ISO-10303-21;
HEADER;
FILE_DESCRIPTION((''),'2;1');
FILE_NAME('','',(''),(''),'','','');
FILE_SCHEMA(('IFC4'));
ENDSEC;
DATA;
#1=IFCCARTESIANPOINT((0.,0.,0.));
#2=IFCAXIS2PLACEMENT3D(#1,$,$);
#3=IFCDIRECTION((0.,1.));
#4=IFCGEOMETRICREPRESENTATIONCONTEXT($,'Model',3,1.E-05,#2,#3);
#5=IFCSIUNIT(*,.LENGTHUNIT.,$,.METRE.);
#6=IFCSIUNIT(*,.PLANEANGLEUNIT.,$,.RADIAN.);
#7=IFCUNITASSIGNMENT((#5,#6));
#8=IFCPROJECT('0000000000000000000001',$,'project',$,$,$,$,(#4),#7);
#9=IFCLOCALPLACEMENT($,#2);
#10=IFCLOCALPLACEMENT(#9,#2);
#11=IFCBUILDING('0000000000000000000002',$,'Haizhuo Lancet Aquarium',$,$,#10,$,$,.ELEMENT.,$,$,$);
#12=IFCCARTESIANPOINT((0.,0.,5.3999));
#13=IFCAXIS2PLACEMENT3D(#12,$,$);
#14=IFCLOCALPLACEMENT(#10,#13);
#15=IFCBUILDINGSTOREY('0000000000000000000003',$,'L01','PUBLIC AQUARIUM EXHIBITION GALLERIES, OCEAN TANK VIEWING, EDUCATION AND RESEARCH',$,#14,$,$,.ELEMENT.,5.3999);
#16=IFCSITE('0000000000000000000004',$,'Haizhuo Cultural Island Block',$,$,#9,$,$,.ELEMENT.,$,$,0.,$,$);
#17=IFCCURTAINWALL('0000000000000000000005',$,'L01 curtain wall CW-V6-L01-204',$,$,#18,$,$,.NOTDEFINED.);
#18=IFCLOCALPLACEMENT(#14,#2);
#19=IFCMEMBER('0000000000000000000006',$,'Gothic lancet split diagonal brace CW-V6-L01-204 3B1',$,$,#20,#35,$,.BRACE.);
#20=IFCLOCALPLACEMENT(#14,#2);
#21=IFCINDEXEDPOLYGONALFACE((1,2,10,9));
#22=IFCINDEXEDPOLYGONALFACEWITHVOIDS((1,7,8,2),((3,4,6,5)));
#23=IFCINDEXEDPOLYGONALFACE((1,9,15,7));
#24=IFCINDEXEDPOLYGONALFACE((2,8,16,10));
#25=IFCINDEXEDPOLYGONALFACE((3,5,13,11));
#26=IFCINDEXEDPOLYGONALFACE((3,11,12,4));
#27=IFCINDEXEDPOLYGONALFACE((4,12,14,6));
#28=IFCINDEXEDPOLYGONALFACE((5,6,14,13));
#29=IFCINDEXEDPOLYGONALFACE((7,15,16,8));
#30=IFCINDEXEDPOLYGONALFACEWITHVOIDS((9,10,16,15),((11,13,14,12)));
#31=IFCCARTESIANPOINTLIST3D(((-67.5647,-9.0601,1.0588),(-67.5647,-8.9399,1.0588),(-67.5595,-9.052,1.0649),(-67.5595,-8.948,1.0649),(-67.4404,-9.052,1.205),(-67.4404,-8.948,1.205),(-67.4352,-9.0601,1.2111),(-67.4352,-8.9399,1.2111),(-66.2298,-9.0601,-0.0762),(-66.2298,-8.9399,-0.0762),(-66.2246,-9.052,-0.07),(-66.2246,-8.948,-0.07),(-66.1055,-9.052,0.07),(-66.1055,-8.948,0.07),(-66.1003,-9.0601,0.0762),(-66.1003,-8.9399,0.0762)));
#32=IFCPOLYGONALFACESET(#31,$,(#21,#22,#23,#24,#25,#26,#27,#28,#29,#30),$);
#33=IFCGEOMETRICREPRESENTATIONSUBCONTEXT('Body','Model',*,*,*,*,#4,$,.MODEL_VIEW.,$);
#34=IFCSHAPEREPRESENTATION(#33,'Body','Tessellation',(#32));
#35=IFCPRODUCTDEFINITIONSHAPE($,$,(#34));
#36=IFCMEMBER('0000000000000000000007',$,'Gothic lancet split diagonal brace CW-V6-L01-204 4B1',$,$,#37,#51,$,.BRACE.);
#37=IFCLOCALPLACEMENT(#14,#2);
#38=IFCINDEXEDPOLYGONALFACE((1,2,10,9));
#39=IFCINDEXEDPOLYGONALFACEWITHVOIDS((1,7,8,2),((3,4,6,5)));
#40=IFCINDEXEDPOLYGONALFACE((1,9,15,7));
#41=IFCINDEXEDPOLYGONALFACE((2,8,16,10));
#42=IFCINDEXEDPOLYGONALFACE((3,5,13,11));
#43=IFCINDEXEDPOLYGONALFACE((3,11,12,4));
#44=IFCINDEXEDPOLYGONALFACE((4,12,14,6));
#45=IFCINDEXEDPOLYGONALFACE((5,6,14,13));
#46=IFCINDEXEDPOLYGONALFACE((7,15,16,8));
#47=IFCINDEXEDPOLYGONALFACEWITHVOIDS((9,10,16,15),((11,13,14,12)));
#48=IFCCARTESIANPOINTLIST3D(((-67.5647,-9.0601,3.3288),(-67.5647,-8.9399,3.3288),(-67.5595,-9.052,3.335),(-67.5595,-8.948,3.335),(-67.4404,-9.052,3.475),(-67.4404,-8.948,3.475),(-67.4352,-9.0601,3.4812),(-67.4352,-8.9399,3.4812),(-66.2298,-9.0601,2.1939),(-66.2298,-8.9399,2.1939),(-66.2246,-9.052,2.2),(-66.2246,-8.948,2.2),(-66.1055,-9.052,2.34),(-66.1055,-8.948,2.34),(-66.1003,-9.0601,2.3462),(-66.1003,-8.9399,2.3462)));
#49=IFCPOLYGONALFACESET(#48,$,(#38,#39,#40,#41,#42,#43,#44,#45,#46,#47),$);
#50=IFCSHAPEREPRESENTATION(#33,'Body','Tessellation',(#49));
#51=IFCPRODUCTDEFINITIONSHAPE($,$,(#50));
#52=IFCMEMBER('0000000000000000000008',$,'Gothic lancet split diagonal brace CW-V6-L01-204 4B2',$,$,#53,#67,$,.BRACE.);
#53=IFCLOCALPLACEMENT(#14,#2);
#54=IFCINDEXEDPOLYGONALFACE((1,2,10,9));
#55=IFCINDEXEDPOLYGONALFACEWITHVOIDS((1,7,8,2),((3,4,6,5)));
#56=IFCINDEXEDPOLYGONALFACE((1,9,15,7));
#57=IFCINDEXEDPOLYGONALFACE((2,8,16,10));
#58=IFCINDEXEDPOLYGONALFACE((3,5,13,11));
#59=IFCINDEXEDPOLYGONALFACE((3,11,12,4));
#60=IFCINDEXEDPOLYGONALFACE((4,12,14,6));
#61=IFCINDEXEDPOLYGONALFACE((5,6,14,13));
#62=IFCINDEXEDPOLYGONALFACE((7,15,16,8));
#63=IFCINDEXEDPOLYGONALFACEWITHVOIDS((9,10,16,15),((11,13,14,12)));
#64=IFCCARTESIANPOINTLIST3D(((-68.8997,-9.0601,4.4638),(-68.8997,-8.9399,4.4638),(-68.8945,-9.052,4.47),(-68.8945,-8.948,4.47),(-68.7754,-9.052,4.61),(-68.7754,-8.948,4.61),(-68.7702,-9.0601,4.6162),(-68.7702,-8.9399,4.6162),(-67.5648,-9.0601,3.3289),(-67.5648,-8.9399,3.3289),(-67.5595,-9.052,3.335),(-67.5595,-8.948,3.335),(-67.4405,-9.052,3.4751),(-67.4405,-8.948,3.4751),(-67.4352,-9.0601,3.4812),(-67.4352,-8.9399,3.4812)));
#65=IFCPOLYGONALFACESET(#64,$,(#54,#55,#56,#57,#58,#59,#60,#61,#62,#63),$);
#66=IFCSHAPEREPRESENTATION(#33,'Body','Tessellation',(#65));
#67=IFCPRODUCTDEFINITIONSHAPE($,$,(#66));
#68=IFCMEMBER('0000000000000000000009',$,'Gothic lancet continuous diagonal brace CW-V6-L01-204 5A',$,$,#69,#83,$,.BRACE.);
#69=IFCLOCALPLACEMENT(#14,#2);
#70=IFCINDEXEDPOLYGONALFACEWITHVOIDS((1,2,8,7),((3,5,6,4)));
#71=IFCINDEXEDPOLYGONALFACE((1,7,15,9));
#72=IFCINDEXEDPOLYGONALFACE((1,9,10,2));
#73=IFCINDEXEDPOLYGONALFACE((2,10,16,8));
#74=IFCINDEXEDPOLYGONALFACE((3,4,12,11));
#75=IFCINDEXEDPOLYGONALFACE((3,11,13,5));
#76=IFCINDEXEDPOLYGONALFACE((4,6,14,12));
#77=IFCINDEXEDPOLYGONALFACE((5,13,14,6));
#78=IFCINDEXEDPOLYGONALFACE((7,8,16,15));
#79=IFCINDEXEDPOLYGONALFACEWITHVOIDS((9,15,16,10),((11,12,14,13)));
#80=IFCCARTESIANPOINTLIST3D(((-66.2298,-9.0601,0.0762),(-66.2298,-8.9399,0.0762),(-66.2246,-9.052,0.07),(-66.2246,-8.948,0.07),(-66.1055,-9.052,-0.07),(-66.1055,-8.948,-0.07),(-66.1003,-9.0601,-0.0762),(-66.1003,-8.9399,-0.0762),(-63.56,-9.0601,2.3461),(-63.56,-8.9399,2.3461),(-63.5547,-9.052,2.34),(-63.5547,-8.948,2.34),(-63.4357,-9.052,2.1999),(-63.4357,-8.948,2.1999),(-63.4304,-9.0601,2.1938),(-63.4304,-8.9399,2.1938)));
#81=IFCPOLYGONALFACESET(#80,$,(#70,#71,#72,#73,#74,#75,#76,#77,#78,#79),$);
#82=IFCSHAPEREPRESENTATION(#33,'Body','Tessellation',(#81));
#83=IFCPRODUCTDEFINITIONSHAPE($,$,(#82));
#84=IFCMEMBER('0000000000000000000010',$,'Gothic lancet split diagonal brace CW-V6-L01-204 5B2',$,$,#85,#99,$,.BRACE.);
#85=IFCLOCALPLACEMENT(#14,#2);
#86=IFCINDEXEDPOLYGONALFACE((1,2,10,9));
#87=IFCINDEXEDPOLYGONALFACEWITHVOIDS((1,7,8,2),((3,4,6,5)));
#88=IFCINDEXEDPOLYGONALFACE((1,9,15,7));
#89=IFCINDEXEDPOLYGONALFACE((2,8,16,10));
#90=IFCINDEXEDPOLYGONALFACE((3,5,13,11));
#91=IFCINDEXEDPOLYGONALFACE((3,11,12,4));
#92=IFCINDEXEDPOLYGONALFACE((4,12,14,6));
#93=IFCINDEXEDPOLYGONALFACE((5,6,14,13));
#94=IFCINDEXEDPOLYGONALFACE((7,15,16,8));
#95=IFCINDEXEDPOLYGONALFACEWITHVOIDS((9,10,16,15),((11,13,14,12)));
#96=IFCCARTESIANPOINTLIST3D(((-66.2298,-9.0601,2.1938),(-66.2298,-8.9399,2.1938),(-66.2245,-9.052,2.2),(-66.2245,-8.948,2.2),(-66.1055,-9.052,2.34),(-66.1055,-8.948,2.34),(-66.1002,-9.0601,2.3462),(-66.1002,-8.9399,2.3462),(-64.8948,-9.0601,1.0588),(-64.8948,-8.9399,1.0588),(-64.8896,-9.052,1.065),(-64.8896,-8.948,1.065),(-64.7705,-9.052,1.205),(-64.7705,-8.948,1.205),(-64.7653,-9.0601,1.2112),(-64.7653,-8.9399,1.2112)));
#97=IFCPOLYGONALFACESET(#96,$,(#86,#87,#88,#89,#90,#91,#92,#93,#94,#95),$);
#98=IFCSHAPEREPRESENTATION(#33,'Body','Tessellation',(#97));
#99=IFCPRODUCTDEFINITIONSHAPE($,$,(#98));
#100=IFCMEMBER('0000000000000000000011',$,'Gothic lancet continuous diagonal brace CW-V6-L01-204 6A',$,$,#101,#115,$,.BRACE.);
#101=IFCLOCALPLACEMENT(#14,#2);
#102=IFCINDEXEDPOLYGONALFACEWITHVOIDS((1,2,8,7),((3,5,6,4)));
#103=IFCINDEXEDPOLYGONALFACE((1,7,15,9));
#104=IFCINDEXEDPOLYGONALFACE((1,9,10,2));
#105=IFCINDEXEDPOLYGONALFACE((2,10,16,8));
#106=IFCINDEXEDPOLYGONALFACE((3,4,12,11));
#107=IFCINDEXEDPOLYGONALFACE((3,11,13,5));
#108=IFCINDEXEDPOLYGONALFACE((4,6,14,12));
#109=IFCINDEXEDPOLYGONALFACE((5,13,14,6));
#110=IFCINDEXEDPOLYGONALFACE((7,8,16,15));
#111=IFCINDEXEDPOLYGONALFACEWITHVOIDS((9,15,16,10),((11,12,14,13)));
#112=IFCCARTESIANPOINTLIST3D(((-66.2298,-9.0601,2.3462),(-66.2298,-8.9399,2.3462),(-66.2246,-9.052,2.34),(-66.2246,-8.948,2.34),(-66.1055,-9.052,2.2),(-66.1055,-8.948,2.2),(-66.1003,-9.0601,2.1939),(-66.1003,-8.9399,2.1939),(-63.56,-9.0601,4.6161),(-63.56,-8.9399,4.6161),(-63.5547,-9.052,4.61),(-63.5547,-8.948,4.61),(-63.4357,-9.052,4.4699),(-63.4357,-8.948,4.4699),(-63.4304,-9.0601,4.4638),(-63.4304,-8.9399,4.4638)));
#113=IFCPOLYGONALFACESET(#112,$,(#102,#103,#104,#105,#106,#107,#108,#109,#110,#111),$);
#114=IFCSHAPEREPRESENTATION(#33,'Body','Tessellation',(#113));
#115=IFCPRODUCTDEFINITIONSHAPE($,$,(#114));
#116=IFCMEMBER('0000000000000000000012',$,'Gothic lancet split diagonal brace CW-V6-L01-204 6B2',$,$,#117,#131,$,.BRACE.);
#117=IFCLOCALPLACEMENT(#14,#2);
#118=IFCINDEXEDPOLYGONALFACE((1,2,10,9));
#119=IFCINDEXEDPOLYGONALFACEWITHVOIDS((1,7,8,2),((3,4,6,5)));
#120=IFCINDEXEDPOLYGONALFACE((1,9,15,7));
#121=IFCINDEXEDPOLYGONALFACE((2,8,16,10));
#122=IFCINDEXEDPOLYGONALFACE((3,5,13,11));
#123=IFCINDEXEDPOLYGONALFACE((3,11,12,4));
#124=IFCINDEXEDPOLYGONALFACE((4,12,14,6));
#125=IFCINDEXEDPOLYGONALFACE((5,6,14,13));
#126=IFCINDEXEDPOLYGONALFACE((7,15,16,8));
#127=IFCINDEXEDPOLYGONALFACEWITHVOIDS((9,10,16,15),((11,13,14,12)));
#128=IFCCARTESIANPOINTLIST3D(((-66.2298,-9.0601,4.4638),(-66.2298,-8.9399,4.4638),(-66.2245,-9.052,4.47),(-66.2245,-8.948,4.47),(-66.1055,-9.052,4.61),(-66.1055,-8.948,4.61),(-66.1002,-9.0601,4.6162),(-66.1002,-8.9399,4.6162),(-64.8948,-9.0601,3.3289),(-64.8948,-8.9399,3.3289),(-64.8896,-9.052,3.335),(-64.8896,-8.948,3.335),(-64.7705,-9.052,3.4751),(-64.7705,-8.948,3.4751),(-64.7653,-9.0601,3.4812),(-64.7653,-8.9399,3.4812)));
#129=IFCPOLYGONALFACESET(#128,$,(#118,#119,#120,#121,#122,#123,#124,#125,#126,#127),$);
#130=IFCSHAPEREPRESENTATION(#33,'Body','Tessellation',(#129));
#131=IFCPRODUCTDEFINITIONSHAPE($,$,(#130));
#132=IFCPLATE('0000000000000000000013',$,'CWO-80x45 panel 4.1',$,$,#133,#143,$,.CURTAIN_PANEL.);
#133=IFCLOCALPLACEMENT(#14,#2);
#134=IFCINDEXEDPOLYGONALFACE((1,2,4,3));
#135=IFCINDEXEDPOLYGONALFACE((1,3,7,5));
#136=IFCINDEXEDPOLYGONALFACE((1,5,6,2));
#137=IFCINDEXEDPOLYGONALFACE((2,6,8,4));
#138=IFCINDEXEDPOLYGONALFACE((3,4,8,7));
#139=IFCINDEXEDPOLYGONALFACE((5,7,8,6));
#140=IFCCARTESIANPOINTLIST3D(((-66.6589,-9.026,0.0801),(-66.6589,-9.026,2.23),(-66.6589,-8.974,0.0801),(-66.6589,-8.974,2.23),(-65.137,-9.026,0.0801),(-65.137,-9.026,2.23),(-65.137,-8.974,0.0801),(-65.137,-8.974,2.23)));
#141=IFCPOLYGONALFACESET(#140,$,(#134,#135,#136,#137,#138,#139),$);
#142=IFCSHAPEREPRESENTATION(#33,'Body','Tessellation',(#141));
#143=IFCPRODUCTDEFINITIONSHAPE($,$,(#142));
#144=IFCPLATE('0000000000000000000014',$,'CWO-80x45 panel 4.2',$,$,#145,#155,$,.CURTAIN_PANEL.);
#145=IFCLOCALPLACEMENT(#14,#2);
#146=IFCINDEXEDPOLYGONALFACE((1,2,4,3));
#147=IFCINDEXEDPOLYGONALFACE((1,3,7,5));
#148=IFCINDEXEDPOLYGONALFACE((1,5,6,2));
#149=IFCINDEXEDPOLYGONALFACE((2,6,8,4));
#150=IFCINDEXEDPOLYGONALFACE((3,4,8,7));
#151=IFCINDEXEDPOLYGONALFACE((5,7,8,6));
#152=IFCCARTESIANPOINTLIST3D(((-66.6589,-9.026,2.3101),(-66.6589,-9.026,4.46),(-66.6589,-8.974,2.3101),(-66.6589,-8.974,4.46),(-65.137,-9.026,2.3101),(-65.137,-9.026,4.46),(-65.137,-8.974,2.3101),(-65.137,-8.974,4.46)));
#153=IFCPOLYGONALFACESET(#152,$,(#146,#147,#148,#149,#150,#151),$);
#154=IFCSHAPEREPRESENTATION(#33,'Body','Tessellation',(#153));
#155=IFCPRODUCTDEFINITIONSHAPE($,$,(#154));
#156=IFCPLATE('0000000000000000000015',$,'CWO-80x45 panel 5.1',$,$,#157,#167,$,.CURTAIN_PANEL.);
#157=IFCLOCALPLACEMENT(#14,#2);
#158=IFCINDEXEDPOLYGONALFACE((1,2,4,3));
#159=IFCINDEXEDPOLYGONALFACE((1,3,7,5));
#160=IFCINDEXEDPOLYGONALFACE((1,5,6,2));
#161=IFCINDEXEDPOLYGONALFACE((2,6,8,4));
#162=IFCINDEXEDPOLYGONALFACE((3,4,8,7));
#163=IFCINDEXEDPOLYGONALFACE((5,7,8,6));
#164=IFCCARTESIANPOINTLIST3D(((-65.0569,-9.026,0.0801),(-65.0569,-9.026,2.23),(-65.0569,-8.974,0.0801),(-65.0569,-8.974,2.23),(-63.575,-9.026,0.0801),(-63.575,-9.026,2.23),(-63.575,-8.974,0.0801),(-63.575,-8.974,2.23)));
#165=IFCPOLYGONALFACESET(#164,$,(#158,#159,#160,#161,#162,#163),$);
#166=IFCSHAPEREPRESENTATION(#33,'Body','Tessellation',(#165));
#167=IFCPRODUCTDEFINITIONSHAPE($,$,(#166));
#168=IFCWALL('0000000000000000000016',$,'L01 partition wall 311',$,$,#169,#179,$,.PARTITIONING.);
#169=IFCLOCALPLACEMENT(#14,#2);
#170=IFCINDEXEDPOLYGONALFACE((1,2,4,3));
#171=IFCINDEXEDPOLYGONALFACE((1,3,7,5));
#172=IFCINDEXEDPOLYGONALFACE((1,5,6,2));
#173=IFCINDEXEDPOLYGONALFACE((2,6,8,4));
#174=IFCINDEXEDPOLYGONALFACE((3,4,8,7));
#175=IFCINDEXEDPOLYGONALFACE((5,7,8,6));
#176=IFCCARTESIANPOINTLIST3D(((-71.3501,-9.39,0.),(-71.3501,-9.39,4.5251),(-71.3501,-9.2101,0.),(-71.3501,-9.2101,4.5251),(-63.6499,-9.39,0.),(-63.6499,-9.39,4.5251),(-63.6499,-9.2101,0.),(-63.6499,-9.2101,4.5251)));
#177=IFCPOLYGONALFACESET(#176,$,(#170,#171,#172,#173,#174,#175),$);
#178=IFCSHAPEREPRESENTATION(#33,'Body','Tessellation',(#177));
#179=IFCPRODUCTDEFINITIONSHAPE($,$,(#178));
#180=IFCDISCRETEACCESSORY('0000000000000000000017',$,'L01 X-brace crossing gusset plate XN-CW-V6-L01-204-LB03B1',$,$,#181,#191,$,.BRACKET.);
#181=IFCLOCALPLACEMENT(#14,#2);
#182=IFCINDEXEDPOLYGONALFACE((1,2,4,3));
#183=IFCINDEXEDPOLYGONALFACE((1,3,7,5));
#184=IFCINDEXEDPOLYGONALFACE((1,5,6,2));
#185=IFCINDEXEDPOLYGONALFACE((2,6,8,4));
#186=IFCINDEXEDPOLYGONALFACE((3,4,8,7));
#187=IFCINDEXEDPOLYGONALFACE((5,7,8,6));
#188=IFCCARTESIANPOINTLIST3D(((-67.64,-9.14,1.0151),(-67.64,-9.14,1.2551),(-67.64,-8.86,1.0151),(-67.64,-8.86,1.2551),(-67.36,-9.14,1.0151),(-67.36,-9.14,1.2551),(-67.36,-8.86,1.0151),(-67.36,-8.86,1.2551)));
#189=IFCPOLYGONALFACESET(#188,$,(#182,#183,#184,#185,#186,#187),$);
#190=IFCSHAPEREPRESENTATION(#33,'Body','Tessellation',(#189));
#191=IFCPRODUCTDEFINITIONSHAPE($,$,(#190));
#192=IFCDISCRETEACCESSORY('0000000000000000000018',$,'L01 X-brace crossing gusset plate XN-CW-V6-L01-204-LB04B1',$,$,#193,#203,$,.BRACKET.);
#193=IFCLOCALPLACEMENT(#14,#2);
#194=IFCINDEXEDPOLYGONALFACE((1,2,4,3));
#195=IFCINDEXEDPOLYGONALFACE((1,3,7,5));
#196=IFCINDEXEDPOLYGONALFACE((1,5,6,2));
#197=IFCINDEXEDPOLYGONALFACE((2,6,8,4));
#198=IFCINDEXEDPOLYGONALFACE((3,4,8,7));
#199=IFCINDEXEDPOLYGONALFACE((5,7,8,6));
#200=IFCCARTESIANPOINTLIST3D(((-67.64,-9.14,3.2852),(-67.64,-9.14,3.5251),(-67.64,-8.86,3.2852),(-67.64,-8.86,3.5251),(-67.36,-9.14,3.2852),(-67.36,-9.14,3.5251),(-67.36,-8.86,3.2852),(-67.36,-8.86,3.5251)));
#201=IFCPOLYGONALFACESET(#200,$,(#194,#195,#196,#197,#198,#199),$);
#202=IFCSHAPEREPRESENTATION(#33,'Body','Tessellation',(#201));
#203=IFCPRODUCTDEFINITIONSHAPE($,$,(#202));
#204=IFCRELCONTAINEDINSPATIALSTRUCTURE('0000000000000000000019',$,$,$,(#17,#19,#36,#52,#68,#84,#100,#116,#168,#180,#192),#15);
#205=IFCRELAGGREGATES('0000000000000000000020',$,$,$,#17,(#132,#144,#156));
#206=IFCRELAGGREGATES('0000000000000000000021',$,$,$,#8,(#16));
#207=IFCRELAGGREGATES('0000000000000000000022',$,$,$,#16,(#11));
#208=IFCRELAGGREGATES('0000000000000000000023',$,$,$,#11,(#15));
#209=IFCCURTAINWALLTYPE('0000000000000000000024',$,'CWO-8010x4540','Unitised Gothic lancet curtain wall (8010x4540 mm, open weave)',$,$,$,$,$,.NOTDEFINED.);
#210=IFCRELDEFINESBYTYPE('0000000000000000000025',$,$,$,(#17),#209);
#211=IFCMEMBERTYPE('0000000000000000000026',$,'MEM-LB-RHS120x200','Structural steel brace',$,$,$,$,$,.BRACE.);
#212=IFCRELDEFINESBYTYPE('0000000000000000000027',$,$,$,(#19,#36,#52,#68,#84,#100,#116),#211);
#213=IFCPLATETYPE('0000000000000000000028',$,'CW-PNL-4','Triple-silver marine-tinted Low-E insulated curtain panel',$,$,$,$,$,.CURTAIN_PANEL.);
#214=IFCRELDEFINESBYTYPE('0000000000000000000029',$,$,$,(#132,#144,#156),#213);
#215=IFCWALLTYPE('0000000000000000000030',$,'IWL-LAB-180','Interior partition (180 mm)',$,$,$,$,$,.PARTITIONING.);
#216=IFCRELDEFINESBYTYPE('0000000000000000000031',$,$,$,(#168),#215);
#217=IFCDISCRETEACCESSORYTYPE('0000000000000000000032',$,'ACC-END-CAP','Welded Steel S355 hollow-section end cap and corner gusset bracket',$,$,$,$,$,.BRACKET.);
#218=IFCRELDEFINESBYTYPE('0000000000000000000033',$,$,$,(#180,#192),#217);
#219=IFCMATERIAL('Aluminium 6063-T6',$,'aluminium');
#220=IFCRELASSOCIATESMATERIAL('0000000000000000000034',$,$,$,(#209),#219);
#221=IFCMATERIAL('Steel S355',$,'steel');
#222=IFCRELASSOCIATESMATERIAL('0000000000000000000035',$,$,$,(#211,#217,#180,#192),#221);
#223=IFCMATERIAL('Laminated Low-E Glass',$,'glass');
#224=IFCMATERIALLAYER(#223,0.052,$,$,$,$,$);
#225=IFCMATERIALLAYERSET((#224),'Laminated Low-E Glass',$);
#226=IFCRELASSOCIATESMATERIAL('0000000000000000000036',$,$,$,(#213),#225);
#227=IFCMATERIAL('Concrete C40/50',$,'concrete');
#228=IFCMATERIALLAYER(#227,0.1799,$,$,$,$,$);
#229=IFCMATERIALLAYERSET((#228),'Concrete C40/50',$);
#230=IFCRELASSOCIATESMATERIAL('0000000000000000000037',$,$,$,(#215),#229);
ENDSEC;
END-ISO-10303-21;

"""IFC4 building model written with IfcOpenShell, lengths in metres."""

from ifc_helpers import new_model, si_unit, direction, frame, frame_2d, origin, origin_2d, place, context, subcontext, project, spatial, rectangle, hollow_rectangle, extrude, material, layer, layer_set, material_profile, profile_set, type_object, element, aggregate, save


model = new_model("IFC4")

# Units and contexts
model_context = context("Model", 3, precision=1e-05, world=origin(), true_north=direction((0.0, 1.0)))
body_context = subcontext(model_context, "Body", "Model", "MODEL_VIEW")
ifc_project = project(units=[si_unit("LENGTHUNIT", "METRE"), si_unit("PLANEANGLEUNIT", "RADIAN")], contexts=[model_context])

# Site, building, storey
site_placement = place(None, origin())
site = spatial("IfcSite", under=ifc_project, at=site_placement, Name="Haizhuo Cultural Island Block", CompositionType="ELEMENT", RefElevation=0.0)
building_placement = place(site_placement, origin())
building = spatial("IfcBuilding", under=site, at=building_placement, Name="Haizhuo Lancet Aquarium", CompositionType="ELEMENT")
storey_placement = place(building_placement, frame((0.0, 0.0, 5.3999)))
storey = spatial("IfcBuildingStorey", under=building, at=storey_placement, Name="L01", Description="PUBLIC AQUARIUM EXHIBITION GALLERIES, OCEAN TANK VIEWING, EDUCATION AND RESEARCH", CompositionType="ELEMENT", Elevation=5.3999)

# Curtain wall
ifc_material_1 = material(Name="Aluminium 6063-T6", Category="aluminium")
curtain_wall_type = type_object("IfcCurtainWallType", Name="CWO-8010x4540", Description="Unitised Gothic lancet curtain wall (8010x4540 mm, open weave)", PredefinedType="NOTDEFINED", material=ifc_material_1)
curtain_wall_placement = place(storey_placement, origin())
curtain_wall = element("IfcCurtainWall", 1, at=curtain_wall_placement, inside=storey, type_object=curtain_wall_type, Name="L01 curtain wall CW-V6-L01-204", PredefinedType="NOTDEFINED")

# Shared definitions
ifc_material_2 = material(Name="Steel S355", Category="steel")

# Members
ifc_material_profile_1 = material_profile(ifc_material_2, hollow_rectangle(XDim=0.1201, YDim=0.2, WallThickness=0.0081, at=origin_2d()), Name="RHS 120x200x8")
ifc_profile_set_1 = profile_set([ifc_material_profile_1], Name="Steel S355")
member_type_1 = type_object("IfcMemberType", Name="MEM-LB-RHS120x200", Description="Structural steel brace", PredefinedType="BRACE", material=ifc_profile_set_1)
for number, where, z_axis, x_axis, name in (
    (2, (-66.165, -9.0, 0.0), (-0.761857, 0.0, 0.647745), (0.0, -1.0, 0.0), "Gothic lancet split diagonal brace CW-V6-L01-204 3B1"),
    (3, (-66.165, -9.0, 2.27), (-0.761857, 0.0, 0.647745), (0.0, -1.0, 0.0), "Gothic lancet split diagonal brace CW-V6-L01-204 4B1"),
    (4, (-67.5, -9.0, 3.405), (-0.761857, 0.0, 0.647745), (0.0, -1.0, 0.0), "Gothic lancet split diagonal brace CW-V6-L01-204 4B2"),
):
    element("IfcMember", number, at=place(storey_placement, frame(where, z_axis=z_axis, x_axis=x_axis)), inside=storey, type_object=member_type_1, Name=name, PredefinedType="BRACE", context=body_context, shape_type="SweptSolid", body=[
        extrude(hollow_rectangle(XDim=0.1201, YDim=0.2, WallThickness=0.0081, at=origin_2d()), origin(), (0.0, 0.0, 1.0), 1.7522),
    ])
member_1_placement = place(storey_placement, frame((-66.165, -9.0, 0.0), z_axis=(0.761857, 0.0, 0.647745), x_axis=(0.0, 1.0, 0.0)))
element("IfcMember", 5, at=member_1_placement, inside=storey, type_object=member_type_1, Name="Gothic lancet continuous diagonal brace CW-V6-L01-204 5A", PredefinedType="BRACE", context=body_context, shape_type="SweptSolid", body=[
    extrude(hollow_rectangle(XDim=0.1201, YDim=0.2, WallThickness=0.0081, at=origin_2d()), origin(), (0.0, 0.0, 1.0), 3.5044),
])
member_2_placement = place(storey_placement, frame((-64.8301, -9.0, 1.135), z_axis=(-0.761857, 0.0, 0.647745), x_axis=(0.0, -1.0, 0.0)))
element("IfcMember", 6, at=member_2_placement, inside=storey, type_object=member_type_1, Name="Gothic lancet split diagonal brace CW-V6-L01-204 5B2", PredefinedType="BRACE", context=body_context, shape_type="SweptSolid", body=[
    extrude(hollow_rectangle(XDim=0.1201, YDim=0.2, WallThickness=0.0081, at=origin_2d()), origin(), (0.0, 0.0, 1.0), 1.7522),
])
member_3_placement = place(storey_placement, frame((-66.165, -9.0, 2.27), z_axis=(0.761857, 0.0, 0.647745), x_axis=(0.0, 1.0, 0.0)))
element("IfcMember", 7, at=member_3_placement, inside=storey, type_object=member_type_1, Name="Gothic lancet continuous diagonal brace CW-V6-L01-204 6A", PredefinedType="BRACE", context=body_context, shape_type="SweptSolid", body=[
    extrude(hollow_rectangle(XDim=0.1201, YDim=0.2, WallThickness=0.0081, at=origin_2d()), origin(), (0.0, 0.0, 1.0), 3.5044),
])
member_4_placement = place(storey_placement, frame((-64.8301, -9.0, 3.405), z_axis=(-0.761857, 0.0, 0.647745), x_axis=(0.0, -1.0, 0.0)))
element("IfcMember", 8, at=member_4_placement, inside=storey, type_object=member_type_1, Name="Gothic lancet split diagonal brace CW-V6-L01-204 6B2", PredefinedType="BRACE", context=body_context, shape_type="SweptSolid", body=[
    extrude(hollow_rectangle(XDim=0.1201, YDim=0.2, WallThickness=0.0081, at=origin_2d()), origin(), (0.0, 0.0, 1.0), 1.7522),
])

# Plates
ifc_material_3 = material(Name="Laminated Low-E Glass", Category="glass")
ifc_layer_1 = layer(ifc_material_3, 0.052)
ifc_layer_set_1 = layer_set([ifc_layer_1], Name="Laminated Low-E Glass")
plate_type = type_object("IfcPlateType", Name="CW-PNL-4", Description="Triple-silver marine-tinted Low-E insulated curtain panel", PredefinedType="CURTAIN_PANEL", material=ifc_layer_set_1)
plate_1_placement = place(storey_placement, frame((-65.8979, -9.0, 0.0801), z_axis=(0.0, 0.0, 1.0), x_axis=(1.0, 0.0, 0.0)))
plate_1 = element("IfcPlate", 9, at=plate_1_placement, type_object=plate_type, Name="CWO-80x45 panel 4.1", PredefinedType="CURTAIN_PANEL", context=body_context, shape_type="SweptSolid", body=[
    extrude(rectangle(XDim=1.522, YDim=0.052, at=origin_2d()), origin(), (0.0, 0.0, 1.0), 2.1499),
])
plate_2_placement = place(storey_placement, frame((-65.8979, -9.0, 2.3101), z_axis=(0.0, 0.0, 1.0), x_axis=(1.0, 0.0, 0.0)))
plate_2 = element("IfcPlate", 10, at=plate_2_placement, type_object=plate_type, Name="CWO-80x45 panel 4.2", PredefinedType="CURTAIN_PANEL", context=body_context, shape_type="SweptSolid", body=[
    extrude(rectangle(XDim=1.522, YDim=0.052, at=origin_2d()), origin(), (0.0, 0.0, 1.0), 2.1499),
])
plate_3_placement = place(storey_placement, frame((-64.3159, -9.0, 0.0801), z_axis=(0.0, 0.0, 1.0), x_axis=(1.0, 0.0, 0.0)))
plate_3 = element("IfcPlate", 11, at=plate_3_placement, type_object=plate_type, Name="CWO-80x45 panel 5.1", PredefinedType="CURTAIN_PANEL", context=body_context, shape_type="SweptSolid", body=[
    extrude(rectangle(XDim=1.4819, YDim=0.052, at=origin_2d()), origin(), (0.0, 0.0, 1.0), 2.1499),
])
aggregate(curtain_wall, [plate_1, plate_2, plate_3])

# Wall
ifc_material_4 = material(Name="Concrete C40/50", Category="concrete")
ifc_layer_2 = layer(ifc_material_4, 0.1799)
ifc_layer_set_2 = layer_set([ifc_layer_2], Name="Concrete C40/50")
wall_type = type_object("IfcWallType", Name="IWL-LAB-180", Description="Interior partition (180 mm)", PredefinedType="PARTITIONING", material=ifc_layer_set_2)
wall_placement = place(storey_placement, frame((-63.6499, -9.3, 0.0), z_axis=(0.0, 0.0, 1.0), x_axis=(-1.0, 0.0, 0.0)))
element("IfcWall", 12, at=wall_placement, inside=storey, type_object=wall_type, Name="L01 partition wall 311", PredefinedType="PARTITIONING", context=body_context, shape_type="SweptSolid", body=[
    extrude(rectangle(XDim=7.7002, YDim=0.1799, at=frame_2d((3.8501, 0.0))), origin(), (0.0, 0.0, 1.0), 4.5251),
])

# Discrete accessories
discrete_accessory_type = type_object("IfcDiscreteAccessoryType", Name="ACC-END-CAP", Description="Welded Steel S355 hollow-section end cap and corner gusset bracket", PredefinedType="BRACKET", material=ifc_material_2)
for number, where, z_axis, x_axis, name in (
    (13, (-67.5, -9.0, 1.0151), (0.0, 0.0, 1.0), (1.0, 0.0, 0.0), "L01 X-brace crossing gusset plate XN-CW-V6-L01-204-LB03B1"),
    (14, (-67.5, -9.0, 3.2852), (0.0, 0.0, 1.0), (1.0, 0.0, 0.0), "L01 X-brace crossing gusset plate XN-CW-V6-L01-204-LB04B1"),
):
    element("IfcDiscreteAccessory", number, at=place(storey_placement, frame(where, z_axis=z_axis, x_axis=x_axis)), inside=storey, type_object=discrete_accessory_type, material=ifc_material_2, Name=name, PredefinedType="BRACKET", context=body_context, shape_type="SweptSolid", body=[
        extrude(rectangle(XDim=0.28, YDim=0.28, at=origin_2d()), origin(), (0.0, 0.0, 1.0), 0.24),
    ])

save(model, "model.ifc")
